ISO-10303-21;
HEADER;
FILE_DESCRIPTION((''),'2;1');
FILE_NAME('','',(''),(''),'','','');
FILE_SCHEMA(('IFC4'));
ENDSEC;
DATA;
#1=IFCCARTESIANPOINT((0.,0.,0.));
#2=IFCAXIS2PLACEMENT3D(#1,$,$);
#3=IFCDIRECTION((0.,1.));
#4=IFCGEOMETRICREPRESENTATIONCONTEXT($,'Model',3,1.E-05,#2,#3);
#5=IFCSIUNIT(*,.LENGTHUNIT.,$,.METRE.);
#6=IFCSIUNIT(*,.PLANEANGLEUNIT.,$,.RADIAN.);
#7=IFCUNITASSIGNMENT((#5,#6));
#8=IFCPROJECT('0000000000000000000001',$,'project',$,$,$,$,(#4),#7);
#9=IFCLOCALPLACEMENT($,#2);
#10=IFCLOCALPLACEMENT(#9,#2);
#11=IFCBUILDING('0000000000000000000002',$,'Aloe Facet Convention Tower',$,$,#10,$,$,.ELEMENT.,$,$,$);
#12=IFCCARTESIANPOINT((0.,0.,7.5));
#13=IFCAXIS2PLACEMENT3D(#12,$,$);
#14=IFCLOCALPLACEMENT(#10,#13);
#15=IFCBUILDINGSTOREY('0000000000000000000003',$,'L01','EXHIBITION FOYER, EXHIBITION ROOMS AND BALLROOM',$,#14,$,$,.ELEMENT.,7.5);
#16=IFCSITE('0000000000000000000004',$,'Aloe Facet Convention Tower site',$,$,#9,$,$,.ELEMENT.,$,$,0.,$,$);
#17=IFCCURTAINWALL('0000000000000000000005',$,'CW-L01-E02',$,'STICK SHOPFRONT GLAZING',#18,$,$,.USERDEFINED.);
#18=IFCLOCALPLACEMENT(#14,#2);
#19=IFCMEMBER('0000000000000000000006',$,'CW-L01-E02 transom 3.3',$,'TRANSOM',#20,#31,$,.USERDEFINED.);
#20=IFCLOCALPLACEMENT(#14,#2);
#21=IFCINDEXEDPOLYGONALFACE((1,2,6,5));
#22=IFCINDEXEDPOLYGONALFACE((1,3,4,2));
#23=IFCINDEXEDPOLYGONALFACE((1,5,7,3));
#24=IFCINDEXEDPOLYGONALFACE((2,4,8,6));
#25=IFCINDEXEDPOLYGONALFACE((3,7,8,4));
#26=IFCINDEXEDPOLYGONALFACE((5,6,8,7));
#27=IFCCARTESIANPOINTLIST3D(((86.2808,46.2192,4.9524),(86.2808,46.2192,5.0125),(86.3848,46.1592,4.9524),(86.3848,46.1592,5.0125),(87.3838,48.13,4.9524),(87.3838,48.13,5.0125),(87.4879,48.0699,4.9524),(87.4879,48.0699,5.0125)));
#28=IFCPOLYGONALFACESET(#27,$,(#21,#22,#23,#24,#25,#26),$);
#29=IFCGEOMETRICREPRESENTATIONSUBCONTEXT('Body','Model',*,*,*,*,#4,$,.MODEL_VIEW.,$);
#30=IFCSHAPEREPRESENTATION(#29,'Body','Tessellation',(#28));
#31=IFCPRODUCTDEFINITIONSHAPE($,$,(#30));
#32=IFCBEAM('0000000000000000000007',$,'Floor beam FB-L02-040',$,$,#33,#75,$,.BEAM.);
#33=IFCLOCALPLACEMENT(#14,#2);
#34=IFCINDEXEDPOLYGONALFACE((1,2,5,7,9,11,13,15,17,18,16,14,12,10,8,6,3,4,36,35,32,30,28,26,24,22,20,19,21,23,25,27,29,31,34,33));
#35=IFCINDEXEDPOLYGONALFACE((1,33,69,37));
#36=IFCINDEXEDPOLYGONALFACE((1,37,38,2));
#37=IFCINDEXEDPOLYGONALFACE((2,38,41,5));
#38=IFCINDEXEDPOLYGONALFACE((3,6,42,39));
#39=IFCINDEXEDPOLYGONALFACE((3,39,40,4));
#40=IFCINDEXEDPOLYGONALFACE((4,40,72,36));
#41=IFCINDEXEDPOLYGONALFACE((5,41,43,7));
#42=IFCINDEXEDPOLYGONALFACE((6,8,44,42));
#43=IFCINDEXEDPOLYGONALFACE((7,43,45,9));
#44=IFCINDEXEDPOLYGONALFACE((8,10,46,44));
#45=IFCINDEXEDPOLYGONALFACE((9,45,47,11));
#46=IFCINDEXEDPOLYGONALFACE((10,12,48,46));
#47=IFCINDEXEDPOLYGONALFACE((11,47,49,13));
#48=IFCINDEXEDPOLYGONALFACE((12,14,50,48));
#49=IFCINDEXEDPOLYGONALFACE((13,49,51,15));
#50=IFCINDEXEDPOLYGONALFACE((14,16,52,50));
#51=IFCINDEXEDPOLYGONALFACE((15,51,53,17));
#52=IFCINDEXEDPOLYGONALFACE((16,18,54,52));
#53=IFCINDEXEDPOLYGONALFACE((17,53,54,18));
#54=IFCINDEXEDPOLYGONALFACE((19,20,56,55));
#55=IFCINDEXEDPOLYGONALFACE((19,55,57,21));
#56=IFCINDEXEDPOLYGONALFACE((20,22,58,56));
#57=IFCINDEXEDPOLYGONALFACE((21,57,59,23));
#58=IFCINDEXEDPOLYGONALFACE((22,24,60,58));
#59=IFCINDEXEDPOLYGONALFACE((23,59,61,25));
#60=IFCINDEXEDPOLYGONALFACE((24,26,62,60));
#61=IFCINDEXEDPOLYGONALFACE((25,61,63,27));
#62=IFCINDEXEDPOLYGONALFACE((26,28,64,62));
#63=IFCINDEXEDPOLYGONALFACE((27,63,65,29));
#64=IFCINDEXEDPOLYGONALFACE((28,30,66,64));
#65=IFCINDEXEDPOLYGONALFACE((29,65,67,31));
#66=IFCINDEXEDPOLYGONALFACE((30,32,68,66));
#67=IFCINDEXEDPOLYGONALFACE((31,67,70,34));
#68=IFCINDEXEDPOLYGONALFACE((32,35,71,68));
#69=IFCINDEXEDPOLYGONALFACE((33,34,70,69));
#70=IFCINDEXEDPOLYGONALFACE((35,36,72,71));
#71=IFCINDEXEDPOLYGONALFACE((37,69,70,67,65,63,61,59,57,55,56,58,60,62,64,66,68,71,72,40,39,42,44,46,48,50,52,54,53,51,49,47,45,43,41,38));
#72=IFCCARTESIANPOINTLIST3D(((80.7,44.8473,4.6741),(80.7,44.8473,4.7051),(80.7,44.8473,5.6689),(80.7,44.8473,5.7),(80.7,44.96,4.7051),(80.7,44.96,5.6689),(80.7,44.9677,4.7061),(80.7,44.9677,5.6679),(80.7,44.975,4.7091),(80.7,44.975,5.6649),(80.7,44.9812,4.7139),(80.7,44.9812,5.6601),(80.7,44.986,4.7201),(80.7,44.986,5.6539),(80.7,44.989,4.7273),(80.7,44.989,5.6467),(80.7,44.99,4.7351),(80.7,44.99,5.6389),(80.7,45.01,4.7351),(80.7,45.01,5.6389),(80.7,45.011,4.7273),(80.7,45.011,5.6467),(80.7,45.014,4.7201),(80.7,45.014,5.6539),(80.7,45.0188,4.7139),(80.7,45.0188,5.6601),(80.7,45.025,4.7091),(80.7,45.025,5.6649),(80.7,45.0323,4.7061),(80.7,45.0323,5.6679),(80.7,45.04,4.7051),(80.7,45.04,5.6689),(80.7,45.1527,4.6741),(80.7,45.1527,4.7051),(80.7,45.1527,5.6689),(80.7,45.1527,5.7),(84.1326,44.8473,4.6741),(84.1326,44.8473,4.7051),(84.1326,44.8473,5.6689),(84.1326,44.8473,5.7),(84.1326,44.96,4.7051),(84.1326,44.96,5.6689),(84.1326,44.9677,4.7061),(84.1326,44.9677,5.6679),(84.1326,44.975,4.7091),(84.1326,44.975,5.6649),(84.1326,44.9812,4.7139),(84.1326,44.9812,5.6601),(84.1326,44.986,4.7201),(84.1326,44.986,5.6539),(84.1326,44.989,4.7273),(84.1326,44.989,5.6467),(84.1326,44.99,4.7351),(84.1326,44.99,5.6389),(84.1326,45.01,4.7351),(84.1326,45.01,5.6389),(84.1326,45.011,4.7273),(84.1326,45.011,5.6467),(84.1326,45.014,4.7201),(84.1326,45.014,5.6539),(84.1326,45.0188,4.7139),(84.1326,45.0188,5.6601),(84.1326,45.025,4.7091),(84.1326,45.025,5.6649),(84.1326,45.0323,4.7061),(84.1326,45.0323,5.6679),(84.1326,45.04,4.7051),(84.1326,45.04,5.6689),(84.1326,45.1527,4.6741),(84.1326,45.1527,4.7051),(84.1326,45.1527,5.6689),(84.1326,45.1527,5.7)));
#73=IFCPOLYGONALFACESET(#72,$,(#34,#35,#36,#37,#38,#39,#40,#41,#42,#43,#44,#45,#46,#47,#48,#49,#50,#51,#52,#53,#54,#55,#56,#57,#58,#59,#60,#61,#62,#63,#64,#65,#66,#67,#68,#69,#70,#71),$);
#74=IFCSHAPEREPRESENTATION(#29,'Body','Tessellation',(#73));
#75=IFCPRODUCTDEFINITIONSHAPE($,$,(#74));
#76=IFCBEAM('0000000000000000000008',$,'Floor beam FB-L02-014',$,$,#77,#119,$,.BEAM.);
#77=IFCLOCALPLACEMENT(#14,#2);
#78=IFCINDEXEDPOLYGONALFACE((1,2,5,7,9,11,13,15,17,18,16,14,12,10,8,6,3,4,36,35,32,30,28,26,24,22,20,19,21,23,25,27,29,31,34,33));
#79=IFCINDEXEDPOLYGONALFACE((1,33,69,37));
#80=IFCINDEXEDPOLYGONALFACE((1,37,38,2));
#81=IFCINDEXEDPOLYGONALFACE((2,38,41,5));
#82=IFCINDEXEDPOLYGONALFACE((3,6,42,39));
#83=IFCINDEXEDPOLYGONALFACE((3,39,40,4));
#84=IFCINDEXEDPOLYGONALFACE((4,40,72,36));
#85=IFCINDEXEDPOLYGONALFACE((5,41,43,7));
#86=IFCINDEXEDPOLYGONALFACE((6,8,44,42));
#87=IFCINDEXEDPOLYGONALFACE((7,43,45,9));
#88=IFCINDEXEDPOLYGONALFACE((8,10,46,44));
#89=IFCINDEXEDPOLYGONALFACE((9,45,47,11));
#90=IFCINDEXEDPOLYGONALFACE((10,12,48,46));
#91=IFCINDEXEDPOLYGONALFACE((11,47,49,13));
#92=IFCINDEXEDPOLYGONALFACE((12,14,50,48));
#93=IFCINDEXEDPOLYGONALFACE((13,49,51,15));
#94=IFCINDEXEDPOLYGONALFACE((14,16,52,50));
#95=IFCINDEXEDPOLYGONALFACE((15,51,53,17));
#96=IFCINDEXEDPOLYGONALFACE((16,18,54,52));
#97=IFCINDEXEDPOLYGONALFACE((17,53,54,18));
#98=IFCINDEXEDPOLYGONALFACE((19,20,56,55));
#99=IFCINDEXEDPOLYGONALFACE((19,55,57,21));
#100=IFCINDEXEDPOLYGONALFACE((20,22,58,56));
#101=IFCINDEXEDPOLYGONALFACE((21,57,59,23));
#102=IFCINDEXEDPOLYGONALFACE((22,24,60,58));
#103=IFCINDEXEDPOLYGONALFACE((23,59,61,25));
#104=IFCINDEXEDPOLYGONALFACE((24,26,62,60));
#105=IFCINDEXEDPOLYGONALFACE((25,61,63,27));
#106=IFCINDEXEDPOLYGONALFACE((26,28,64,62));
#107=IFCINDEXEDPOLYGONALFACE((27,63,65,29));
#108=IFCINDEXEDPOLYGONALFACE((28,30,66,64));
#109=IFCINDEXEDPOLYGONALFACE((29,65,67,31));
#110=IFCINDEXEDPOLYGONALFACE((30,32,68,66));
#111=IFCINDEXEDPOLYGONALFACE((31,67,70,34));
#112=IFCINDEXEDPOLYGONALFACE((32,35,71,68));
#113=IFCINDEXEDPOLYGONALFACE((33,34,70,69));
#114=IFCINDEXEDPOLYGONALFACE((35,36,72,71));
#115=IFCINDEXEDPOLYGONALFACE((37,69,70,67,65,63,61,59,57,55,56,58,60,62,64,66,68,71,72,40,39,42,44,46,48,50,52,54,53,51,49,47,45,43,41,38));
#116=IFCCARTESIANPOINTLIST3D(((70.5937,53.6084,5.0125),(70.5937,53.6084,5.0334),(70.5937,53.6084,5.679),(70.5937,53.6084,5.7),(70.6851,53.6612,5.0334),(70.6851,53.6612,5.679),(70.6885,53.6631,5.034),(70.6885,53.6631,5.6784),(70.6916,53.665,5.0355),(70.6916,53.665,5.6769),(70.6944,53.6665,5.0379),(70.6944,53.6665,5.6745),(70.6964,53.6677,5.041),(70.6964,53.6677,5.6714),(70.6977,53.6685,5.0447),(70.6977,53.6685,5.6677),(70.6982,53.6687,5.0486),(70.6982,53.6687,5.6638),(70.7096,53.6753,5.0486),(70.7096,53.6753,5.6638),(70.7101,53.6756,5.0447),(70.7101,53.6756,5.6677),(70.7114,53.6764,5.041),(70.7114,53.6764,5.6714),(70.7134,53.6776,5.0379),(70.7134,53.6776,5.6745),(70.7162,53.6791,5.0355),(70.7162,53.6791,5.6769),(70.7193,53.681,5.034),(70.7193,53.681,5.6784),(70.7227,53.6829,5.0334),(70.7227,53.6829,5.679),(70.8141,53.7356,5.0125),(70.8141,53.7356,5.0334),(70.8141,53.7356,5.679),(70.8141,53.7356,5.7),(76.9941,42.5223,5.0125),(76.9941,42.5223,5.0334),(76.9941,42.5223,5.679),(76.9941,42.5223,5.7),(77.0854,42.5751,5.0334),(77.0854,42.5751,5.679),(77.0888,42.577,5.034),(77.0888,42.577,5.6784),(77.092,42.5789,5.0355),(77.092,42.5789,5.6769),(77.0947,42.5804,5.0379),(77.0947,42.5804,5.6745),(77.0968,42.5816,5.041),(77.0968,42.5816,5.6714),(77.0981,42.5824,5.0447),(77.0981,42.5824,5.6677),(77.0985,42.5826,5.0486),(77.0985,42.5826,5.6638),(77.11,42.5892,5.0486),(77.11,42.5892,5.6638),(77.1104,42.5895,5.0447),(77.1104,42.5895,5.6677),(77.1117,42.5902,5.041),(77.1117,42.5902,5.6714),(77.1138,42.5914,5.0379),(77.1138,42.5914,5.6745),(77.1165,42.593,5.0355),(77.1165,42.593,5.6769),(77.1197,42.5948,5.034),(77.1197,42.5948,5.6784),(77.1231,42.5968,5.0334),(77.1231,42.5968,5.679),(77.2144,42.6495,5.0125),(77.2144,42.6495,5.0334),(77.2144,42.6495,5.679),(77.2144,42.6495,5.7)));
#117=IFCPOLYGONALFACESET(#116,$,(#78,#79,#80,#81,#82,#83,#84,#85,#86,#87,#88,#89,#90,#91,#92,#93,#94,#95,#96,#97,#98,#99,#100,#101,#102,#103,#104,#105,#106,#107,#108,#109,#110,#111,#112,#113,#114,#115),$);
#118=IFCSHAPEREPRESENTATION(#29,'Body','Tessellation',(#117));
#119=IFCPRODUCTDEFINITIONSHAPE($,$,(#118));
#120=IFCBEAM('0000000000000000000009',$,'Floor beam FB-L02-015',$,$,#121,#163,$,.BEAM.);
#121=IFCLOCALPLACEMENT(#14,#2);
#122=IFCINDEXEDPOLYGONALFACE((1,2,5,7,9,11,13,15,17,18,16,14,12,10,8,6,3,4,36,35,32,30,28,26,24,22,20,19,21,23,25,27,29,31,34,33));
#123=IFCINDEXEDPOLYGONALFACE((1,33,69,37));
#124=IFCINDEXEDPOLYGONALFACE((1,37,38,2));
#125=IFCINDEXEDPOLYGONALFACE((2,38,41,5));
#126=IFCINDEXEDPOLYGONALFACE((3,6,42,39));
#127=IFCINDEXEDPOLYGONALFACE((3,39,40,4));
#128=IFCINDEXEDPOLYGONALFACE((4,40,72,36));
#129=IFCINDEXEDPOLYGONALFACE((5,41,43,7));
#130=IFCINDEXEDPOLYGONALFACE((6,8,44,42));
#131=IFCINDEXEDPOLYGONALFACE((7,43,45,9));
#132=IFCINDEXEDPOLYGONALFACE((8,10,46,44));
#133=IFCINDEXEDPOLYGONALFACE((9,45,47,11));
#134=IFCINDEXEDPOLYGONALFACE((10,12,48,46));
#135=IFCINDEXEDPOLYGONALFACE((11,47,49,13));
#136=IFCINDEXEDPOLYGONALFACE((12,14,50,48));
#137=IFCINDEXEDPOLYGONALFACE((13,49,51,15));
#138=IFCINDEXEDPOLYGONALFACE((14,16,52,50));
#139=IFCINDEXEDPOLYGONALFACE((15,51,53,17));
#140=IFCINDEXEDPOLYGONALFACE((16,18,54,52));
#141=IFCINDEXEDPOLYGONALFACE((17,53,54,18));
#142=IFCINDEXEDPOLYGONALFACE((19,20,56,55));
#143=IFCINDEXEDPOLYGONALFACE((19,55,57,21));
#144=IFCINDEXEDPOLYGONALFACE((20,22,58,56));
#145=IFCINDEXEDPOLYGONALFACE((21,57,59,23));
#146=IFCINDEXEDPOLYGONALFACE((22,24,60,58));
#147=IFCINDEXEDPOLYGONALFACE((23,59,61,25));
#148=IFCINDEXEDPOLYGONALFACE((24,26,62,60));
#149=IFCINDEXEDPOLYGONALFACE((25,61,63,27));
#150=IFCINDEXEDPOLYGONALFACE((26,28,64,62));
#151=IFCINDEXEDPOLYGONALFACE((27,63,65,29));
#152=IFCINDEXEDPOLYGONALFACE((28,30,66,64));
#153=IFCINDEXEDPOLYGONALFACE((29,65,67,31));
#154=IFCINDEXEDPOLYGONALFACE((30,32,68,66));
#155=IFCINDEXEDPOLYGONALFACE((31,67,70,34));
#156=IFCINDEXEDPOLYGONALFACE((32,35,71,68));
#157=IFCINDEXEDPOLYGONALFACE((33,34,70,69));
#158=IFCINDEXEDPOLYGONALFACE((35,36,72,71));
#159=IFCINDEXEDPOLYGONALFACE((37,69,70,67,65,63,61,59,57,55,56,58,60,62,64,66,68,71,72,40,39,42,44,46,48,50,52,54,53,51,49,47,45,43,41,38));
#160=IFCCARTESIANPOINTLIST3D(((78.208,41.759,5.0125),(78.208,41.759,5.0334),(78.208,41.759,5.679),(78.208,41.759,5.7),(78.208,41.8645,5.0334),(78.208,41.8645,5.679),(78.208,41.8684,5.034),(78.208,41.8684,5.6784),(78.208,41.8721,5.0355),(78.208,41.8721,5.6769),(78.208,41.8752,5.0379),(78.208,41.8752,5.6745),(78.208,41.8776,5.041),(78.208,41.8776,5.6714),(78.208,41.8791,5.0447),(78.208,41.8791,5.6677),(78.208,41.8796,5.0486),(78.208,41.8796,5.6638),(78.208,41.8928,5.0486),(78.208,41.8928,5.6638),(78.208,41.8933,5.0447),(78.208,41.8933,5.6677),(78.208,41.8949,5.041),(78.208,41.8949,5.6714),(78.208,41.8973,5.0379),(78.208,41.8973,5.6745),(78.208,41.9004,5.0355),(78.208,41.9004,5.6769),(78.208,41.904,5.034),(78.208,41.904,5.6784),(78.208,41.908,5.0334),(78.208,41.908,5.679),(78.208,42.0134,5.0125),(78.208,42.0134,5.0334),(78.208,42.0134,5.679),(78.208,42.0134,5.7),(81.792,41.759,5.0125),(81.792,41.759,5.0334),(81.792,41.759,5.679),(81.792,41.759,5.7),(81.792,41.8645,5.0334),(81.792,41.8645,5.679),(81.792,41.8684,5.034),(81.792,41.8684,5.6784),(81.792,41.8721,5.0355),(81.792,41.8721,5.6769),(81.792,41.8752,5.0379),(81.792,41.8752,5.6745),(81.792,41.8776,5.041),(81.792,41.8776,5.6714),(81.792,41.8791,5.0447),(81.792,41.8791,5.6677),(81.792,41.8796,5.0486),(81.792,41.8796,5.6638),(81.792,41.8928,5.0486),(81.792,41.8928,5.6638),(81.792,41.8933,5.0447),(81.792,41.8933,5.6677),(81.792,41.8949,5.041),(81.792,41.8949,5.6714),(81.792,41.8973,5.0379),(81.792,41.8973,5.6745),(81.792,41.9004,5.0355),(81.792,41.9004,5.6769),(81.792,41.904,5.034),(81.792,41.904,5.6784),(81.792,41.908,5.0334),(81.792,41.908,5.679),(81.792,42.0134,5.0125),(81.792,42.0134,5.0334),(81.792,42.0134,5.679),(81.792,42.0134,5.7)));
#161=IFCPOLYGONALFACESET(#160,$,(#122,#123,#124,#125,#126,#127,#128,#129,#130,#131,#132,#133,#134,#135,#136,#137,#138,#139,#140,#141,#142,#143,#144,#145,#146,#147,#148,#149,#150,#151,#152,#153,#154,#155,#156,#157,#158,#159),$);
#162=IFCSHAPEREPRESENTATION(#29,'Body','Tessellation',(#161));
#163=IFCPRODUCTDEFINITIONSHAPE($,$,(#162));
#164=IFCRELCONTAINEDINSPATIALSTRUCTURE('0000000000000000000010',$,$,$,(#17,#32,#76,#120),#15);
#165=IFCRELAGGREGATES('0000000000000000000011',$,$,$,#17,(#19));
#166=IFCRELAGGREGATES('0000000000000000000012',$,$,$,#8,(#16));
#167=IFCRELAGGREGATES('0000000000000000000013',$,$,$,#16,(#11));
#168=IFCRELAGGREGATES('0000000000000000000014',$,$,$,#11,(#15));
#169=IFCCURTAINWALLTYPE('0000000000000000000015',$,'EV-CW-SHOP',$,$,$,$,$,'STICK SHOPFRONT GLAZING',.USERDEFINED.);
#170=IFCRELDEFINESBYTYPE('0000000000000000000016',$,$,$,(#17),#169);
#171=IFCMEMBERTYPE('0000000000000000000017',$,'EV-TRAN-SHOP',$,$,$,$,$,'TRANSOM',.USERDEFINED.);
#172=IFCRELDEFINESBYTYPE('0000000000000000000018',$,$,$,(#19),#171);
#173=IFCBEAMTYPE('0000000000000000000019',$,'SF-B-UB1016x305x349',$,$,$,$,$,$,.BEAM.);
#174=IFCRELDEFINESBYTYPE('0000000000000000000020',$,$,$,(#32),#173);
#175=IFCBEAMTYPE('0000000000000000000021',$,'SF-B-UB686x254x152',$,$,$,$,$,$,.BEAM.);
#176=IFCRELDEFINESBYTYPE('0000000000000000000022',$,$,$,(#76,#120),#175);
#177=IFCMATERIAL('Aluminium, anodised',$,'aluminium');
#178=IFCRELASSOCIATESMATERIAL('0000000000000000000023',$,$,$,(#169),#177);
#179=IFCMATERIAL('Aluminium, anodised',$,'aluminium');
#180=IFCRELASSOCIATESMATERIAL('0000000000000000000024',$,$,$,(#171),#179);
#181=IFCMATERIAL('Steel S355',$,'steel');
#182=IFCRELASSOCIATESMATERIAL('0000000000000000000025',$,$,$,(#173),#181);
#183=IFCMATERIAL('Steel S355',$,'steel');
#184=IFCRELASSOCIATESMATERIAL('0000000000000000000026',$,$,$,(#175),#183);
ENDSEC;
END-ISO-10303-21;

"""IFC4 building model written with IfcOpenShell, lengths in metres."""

from ifc_helpers import new_model, si_unit, direction, frame, origin, origin_2d, place, context, subcontext, project, spatial, rectangle, i_section, extrude, material, material_profile, profile_set, type_object, element, aggregate, save


model = new_model("IFC4")

# Units and contexts
model_context = context("Model", 3, precision=1e-05, world=origin(), true_north=direction((0.0, 1.0)))
body_context = subcontext(model_context, "Body", "Model", "MODEL_VIEW")
ifc_project = project(units=[si_unit("LENGTHUNIT", "METRE"), si_unit("PLANEANGLEUNIT", "RADIAN")], contexts=[model_context])

# Site, building, storey
site_placement = place(None, origin())
site = spatial("IfcSite", under=ifc_project, at=site_placement, Name="Aloe Facet Convention Tower site", CompositionType="ELEMENT", RefElevation=0.0)
building_placement = place(site_placement, origin())
building = spatial("IfcBuilding", under=site, at=building_placement, Name="Aloe Facet Convention Tower", CompositionType="ELEMENT")
storey_placement = place(building_placement, frame((0.0, 0.0, 7.5)))
storey = spatial("IfcBuildingStorey", under=building, at=storey_placement, Name="L01", Description="EXHIBITION FOYER, EXHIBITION ROOMS AND BALLROOM", CompositionType="ELEMENT", Elevation=7.5)

# Curtain wall, member
ifc_material_1 = material(Name="Aluminium, anodised", Category="aluminium")
curtain_wall_type = type_object("IfcCurtainWallType", Name="EV-CW-SHOP", ElementType="STICK SHOPFRONT GLAZING", PredefinedType="USERDEFINED", material=ifc_material_1)
curtain_wall_placement = place(storey_placement, origin())
curtain_wall = element("IfcCurtainWall", 1, at=curtain_wall_placement, inside=storey, type_object=curtain_wall_type, Name="CW-L01-E02", ObjectType="STICK SHOPFRONT GLAZING", PredefinedType="USERDEFINED")
ifc_material_2 = material(Name="Aluminium, anodised", Category="aluminium")
ifc_material_profile_1 = material_profile(ifc_material_2, rectangle(XDim=0.1201, YDim=0.0601, at=origin_2d()), Name="AL 120x60")
ifc_profile_set_1 = profile_set([ifc_material_profile_1], Name="Aluminium, anodised")
member_type_1 = type_object("IfcMemberType", Name="EV-TRAN-SHOP", ElementType="TRANSOM", PredefinedType="USERDEFINED", material=ifc_profile_set_1)
member_1_placement = place(storey_placement, frame((86.3328, 46.1892, 4.9824), z_axis=(0.499972, 0.866042, 0.0), x_axis=(-0.866042, 0.499972, 0.0)))
member_1 = element("IfcMember", 2, at=member_1_placement, type_object=member_type_1, Name="CW-L01-E02 transom 3.3", ObjectType="TRANSOM", PredefinedType="USERDEFINED", context=body_context, shape_type="SweptSolid", body=[
    extrude(rectangle(XDim=0.1201, YDim=0.0601, at=origin_2d()), origin(), (0.0, 0.0, 1.0), 2.2063),
])

# Beams
ifc_material_3 = material(Name="Steel S355", Category="steel")
ifc_material_profile_2 = material_profile(ifc_material_3, i_section(OverallWidth=0.3054, OverallDepth=1.0259, WebThickness=0.02, FlangeThickness=0.031, FilletRadius=0.03, at=origin_2d()), Name="UB 1016x305x349")
ifc_profile_set_2 = profile_set([ifc_material_profile_2], Name="Steel S355")
beam_type_1 = type_object("IfcBeamType", Name="SF-B-UB1016x305x349", PredefinedType="BEAM", material=ifc_profile_set_2)
beam_1_placement = place(storey_placement, frame((80.7, 45.0, 5.187), z_axis=(1.0, 0.0, 0.0), x_axis=(0.0, 1.0, 0.0)))
element("IfcBeam", 3, at=beam_1_placement, inside=storey, type_object=beam_type_1, Name="Floor beam FB-L02-040", PredefinedType="BEAM", context=body_context, shape_type="SweptSolid", body=[
    extrude(i_section(OverallWidth=0.3054, OverallDepth=1.0259, WebThickness=0.02, FlangeThickness=0.031, FilletRadius=0.03, at=origin_2d()), origin(), (0.0, 0.0, 1.0), 3.4326),
])
ifc_material_4 = material(Name="Steel S355", Category="steel")
ifc_material_profile_3 = material_profile(ifc_material_4, i_section(OverallWidth=0.2544, OverallDepth=0.6875, WebThickness=0.0132, FlangeThickness=0.021, FilletRadius=0.0151, at=origin_2d()), Name="UB 686x254x152")
ifc_profile_set_3 = profile_set([ifc_material_profile_3], Name="Steel S355")
beam_type_2 = type_object("IfcBeamType", Name="SF-B-UB686x254x152", PredefinedType="BEAM", material=ifc_profile_set_3)
beam_2_placement = place(storey_placement, frame((77.1042, 42.5859, 5.3562), z_axis=(-0.499987, 0.866033, 0.0), x_axis=(-0.866033, -0.499987, 0.0)))
element("IfcBeam", 4, at=beam_2_placement, inside=storey, type_object=beam_type_2, Name="Floor beam FB-L02-014", PredefinedType="BEAM", context=body_context, shape_type="SweptSolid", body=[
    extrude(i_section(OverallWidth=0.2544, OverallDepth=0.6875, WebThickness=0.0132, FlangeThickness=0.021, FilletRadius=0.0151, at=origin_2d()), origin(), (0.0, 0.0, 1.0), 12.801),
])
beam_3_placement = place(storey_placement, frame((81.792, 41.8862, 5.3562), z_axis=(-1.0, 0.0, 0.0), x_axis=(0.0, -1.0, 0.0)))
element("IfcBeam", 5, at=beam_3_placement, inside=storey, type_object=beam_type_2, Name="Floor beam FB-L02-015", PredefinedType="BEAM", context=body_context, shape_type="SweptSolid", body=[
    extrude(i_section(OverallWidth=0.2544, OverallDepth=0.6875, WebThickness=0.0132, FlangeThickness=0.021, FilletRadius=0.0151, at=origin_2d()), origin(), (0.0, 0.0, 1.0), 3.584),
])

aggregate(curtain_wall, [member_1])

save(model, "model.ifc")
